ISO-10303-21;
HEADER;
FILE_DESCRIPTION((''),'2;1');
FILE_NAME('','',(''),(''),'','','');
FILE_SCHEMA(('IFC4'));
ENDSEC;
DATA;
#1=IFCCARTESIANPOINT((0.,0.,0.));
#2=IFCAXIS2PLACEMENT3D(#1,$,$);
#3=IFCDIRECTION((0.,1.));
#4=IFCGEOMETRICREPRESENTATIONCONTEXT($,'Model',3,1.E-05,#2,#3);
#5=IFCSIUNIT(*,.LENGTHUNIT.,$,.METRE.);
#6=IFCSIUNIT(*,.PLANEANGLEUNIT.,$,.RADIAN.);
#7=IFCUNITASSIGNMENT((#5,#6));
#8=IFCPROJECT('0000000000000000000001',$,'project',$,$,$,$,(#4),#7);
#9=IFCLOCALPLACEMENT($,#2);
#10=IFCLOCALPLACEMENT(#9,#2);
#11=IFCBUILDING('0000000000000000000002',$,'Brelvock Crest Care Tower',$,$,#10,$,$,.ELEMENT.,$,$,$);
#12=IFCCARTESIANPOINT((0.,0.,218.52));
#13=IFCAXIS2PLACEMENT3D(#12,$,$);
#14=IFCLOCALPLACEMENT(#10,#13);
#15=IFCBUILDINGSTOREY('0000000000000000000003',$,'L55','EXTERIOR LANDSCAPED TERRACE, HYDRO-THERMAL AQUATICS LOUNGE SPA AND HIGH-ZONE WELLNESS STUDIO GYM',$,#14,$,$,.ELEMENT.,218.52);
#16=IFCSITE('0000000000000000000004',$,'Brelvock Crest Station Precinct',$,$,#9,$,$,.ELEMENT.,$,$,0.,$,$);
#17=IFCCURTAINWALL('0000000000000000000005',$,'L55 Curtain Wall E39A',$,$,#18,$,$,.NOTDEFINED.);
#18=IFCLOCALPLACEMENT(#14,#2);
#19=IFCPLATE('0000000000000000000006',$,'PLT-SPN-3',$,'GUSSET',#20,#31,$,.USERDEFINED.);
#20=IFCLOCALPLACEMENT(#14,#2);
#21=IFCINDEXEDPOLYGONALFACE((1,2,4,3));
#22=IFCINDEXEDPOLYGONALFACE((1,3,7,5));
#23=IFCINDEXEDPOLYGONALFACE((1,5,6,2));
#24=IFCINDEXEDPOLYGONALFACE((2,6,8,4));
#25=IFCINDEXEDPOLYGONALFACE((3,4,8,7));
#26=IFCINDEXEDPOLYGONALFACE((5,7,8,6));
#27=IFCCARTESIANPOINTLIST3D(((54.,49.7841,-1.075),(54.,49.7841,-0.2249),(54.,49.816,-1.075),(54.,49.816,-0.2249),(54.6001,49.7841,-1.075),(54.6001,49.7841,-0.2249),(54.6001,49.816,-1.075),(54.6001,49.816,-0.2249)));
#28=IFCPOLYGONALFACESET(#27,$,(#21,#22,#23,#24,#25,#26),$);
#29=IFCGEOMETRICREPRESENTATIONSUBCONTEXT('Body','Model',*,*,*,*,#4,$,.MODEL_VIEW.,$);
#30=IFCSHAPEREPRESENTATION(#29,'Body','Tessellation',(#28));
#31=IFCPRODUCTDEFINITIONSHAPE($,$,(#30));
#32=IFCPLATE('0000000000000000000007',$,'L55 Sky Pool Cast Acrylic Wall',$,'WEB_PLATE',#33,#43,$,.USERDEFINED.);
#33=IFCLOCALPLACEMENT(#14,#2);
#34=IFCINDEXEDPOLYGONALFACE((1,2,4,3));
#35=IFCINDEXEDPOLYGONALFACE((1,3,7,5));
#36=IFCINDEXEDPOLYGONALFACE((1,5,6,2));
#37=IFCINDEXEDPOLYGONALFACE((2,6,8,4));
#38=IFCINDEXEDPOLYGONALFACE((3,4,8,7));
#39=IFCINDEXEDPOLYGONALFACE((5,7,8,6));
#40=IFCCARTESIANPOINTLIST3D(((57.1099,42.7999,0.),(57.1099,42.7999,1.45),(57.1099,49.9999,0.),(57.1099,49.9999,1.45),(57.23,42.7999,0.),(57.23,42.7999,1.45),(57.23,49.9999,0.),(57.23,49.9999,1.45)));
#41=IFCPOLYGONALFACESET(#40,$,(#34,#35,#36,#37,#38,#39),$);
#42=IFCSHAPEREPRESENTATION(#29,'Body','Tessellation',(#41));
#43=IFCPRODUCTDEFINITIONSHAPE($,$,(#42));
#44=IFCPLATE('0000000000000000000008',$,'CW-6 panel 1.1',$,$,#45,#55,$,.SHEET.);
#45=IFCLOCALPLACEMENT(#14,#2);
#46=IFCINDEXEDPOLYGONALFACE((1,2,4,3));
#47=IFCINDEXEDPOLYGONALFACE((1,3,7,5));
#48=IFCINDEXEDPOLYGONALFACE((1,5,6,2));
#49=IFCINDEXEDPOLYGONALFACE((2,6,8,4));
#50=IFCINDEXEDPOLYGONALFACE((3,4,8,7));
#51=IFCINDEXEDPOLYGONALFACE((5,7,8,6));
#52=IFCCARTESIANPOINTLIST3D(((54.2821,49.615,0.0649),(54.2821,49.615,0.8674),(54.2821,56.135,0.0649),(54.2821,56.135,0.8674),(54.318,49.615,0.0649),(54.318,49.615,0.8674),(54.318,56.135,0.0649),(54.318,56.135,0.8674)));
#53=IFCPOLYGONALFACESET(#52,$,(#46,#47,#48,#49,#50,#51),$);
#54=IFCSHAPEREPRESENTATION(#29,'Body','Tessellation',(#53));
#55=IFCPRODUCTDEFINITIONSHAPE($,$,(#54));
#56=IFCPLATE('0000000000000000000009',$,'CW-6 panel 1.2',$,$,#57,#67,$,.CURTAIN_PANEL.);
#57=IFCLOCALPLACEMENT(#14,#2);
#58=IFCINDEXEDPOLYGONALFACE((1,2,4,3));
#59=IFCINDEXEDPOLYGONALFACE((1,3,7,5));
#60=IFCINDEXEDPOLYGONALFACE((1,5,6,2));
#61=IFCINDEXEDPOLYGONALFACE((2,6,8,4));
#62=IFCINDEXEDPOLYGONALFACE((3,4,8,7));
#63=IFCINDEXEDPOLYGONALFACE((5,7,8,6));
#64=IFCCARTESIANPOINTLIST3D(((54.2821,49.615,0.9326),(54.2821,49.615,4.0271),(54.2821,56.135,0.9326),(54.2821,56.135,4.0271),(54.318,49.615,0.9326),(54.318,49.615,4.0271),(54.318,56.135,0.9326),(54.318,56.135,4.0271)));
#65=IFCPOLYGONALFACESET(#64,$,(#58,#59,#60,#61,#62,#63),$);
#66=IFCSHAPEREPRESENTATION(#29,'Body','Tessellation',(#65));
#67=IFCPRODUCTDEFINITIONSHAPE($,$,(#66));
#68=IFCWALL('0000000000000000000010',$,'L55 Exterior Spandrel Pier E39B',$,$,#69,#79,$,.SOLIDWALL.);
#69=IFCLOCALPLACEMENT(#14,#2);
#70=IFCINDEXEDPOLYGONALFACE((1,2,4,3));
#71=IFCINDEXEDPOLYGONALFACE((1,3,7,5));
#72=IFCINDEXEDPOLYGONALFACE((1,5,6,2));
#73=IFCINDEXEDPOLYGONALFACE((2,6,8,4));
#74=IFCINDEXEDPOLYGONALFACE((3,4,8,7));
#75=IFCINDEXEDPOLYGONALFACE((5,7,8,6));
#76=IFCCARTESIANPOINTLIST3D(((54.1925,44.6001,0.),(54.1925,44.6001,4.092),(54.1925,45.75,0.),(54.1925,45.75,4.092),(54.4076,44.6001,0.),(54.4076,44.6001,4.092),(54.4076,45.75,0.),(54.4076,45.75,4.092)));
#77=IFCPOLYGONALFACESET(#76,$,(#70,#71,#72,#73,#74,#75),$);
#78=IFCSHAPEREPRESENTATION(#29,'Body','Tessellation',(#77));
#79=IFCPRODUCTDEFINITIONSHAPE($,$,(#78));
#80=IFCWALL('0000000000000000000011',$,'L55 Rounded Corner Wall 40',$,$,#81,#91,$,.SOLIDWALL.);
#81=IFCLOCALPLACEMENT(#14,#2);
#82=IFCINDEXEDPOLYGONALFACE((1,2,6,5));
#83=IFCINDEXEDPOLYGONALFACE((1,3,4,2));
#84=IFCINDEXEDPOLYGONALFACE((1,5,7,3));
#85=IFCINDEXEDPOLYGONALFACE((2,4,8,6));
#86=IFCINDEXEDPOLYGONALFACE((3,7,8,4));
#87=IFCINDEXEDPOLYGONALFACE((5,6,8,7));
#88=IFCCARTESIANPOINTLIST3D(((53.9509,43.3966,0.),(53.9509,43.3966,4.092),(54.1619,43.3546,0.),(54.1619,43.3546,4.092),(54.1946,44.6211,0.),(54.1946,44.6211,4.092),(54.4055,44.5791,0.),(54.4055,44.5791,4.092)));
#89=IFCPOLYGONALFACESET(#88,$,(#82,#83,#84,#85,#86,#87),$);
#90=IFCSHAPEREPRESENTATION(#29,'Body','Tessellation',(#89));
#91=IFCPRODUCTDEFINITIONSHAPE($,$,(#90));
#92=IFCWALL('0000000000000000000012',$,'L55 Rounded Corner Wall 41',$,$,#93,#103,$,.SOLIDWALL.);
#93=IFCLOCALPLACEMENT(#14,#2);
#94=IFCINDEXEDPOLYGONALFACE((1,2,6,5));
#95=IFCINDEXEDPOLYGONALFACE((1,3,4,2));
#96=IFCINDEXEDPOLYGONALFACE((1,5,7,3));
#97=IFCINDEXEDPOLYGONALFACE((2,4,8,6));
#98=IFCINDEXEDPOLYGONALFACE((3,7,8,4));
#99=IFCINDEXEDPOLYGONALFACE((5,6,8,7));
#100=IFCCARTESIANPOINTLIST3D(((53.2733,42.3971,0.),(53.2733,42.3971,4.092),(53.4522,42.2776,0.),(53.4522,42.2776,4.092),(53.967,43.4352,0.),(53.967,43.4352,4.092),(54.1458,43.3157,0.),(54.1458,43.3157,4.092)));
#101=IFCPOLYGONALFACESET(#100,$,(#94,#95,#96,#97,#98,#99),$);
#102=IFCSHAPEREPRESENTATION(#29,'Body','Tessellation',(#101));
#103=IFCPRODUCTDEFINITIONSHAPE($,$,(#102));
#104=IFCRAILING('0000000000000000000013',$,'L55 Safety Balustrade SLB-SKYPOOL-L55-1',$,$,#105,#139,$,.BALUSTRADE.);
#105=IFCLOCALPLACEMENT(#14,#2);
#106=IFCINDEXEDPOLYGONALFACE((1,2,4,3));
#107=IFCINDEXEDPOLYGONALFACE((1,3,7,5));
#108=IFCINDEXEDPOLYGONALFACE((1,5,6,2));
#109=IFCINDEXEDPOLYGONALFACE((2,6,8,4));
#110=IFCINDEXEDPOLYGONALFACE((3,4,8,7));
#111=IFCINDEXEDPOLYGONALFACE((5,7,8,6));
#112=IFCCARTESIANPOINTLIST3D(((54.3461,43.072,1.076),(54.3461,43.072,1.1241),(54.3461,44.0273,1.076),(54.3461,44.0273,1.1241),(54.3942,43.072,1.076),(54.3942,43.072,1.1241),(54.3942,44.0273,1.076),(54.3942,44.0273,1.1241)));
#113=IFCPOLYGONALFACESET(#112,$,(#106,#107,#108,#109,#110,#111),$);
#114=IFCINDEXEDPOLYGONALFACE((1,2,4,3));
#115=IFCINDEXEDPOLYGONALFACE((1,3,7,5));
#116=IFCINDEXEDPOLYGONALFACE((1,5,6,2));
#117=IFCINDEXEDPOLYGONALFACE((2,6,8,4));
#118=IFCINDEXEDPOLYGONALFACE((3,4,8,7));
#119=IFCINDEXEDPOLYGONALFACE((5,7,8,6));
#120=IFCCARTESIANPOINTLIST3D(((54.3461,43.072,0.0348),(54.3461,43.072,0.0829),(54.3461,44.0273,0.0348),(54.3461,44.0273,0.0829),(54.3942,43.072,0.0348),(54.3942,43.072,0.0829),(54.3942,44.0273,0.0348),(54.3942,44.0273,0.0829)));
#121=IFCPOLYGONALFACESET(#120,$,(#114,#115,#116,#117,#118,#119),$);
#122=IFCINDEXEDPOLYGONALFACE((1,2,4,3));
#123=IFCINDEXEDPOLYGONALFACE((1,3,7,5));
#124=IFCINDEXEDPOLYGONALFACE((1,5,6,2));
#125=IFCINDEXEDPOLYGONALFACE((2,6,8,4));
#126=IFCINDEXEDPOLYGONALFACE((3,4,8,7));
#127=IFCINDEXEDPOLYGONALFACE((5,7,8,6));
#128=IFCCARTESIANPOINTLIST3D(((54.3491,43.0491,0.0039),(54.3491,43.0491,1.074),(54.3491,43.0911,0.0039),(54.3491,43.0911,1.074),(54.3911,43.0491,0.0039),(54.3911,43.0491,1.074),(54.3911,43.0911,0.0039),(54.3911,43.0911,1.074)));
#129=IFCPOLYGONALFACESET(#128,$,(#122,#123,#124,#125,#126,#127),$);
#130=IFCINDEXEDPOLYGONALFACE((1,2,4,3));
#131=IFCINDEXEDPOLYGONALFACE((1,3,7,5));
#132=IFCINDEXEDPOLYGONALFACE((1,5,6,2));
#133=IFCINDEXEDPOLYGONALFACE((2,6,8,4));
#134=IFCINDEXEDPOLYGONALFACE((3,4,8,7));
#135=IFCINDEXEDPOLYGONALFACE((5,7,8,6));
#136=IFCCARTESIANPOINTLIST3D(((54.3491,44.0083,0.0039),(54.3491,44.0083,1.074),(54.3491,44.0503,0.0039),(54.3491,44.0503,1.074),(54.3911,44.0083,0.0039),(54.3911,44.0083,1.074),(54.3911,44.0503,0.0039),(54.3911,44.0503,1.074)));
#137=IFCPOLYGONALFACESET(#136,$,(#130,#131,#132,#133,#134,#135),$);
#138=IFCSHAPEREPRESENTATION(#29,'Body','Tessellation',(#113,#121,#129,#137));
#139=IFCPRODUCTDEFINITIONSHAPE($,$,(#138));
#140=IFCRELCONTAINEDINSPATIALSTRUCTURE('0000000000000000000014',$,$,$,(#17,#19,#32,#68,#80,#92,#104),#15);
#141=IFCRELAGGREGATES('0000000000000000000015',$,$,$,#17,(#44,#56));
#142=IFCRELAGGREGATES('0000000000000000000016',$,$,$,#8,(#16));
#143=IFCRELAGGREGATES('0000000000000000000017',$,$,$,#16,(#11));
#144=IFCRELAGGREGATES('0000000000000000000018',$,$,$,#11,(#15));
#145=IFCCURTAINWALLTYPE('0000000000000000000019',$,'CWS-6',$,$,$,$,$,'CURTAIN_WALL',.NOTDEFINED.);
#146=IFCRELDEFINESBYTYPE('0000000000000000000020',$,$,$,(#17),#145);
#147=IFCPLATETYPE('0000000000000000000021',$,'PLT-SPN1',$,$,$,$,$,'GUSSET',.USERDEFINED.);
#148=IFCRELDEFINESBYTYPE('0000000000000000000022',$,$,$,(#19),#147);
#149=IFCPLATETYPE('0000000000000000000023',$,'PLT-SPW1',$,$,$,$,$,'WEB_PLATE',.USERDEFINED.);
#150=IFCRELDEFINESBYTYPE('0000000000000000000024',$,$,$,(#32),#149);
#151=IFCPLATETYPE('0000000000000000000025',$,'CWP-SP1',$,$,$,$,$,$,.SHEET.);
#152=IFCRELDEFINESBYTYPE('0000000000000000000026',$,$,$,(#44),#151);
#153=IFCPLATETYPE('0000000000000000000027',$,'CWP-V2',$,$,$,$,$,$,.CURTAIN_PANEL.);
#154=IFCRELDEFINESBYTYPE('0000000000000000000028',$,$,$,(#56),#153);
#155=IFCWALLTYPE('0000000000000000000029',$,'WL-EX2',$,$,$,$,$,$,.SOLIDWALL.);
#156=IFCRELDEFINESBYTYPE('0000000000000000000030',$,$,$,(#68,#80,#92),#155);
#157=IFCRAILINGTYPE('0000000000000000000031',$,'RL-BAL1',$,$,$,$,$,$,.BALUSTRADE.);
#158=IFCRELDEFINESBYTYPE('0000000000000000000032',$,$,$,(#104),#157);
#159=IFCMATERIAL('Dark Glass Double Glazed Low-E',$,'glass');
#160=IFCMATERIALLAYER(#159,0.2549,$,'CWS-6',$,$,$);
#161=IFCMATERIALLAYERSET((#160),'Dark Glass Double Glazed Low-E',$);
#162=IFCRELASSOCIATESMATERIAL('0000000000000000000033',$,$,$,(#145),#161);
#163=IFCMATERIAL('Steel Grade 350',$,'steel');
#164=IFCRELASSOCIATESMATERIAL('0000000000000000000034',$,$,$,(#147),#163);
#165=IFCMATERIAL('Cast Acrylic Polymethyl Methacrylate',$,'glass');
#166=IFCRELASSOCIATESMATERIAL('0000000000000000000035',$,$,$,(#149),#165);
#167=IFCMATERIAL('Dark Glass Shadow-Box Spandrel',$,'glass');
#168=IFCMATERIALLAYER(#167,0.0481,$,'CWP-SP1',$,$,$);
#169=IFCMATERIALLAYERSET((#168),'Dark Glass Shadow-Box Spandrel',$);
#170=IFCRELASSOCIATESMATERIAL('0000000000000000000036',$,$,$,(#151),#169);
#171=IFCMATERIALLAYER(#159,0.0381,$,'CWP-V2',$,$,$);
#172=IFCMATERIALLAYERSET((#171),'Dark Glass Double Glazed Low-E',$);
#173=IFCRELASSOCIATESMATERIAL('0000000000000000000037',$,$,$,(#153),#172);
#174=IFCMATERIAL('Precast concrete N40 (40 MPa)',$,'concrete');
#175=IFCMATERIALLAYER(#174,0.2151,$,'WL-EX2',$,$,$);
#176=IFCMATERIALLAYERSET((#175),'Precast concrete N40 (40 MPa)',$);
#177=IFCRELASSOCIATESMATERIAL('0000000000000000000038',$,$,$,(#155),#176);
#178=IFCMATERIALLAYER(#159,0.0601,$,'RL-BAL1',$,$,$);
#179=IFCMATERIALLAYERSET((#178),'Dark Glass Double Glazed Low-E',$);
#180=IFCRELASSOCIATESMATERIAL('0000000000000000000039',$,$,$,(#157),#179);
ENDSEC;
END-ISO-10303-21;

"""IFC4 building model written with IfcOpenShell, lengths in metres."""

from ifc_helpers import new_model, si_unit, direction, frame, frame_2d, origin, origin_2d, place, context, subcontext, project, spatial, rectangle, extrude, source, transform, mapped, material, layer, layer_set, type_object, element, aggregate, save


model = new_model("IFC4")

# Units and contexts
model_context = context("Model", 3, precision=1e-05, world=origin(), true_north=direction((0.0, 1.0)))
body_context = subcontext(model_context, "Body", "Model", "MODEL_VIEW")
ifc_project = project(units=[si_unit("LENGTHUNIT", "METRE"), si_unit("PLANEANGLEUNIT", "RADIAN")], contexts=[model_context])

# Site, building, storey
site_placement = place(None, origin())
site = spatial("IfcSite", under=ifc_project, at=site_placement, Name="Brelvock Crest Station Precinct", CompositionType="ELEMENT", RefElevation=0.0)
building_placement = place(site_placement, origin())
building = spatial("IfcBuilding", under=site, at=building_placement, Name="Brelvock Crest Care Tower", CompositionType="ELEMENT")
storey_placement = place(building_placement, frame((0.0, 0.0, 218.52)))
storey = spatial("IfcBuildingStorey", under=building, at=storey_placement, Name="L55", Description="EXTERIOR LANDSCAPED TERRACE, HYDRO-THERMAL AQUATICS LOUNGE SPA AND HIGH-ZONE WELLNESS STUDIO GYM", CompositionType="ELEMENT", Elevation=218.52)

# Shared definitions
ifc_material_1 = material(Name="Steel Grade 350", Category="steel")

# Curtain wall
ifc_material_2 = material(Name="Dark Glass Double Glazed Low-E", Category="glass")
ifc_layer_1 = layer(ifc_material_2, 0.2549, Name="CWS-6")
ifc_layer_set_1 = layer_set([ifc_layer_1], Name="Dark Glass Double Glazed Low-E")
curtain_wall_type = type_object("IfcCurtainWallType", Name="CWS-6", ElementType="CURTAIN_WALL", PredefinedType="NOTDEFINED", material=ifc_layer_set_1)
curtain_wall_placement = place(storey_placement, origin())
curtain_wall = element("IfcCurtainWall", 1, at=curtain_wall_placement, inside=storey, type_object=curtain_wall_type, Name="L55 Curtain Wall E39A", PredefinedType="NOTDEFINED")

# Plates
plate_type_1 = type_object("IfcPlateType", Name="PLT-SPN1", ElementType="GUSSET", PredefinedType="USERDEFINED", material=ifc_material_1)
shared_shape_1 = source(origin(), body_context, "Body", "SweptSolid", [
    extrude(rectangle(XDim=0.6001, YDim=0.032, at=origin_2d()), origin(), (0.0, 0.0, 1.0), 0.8501),
])
for number, where, z_axis, x_axis, name in (
    (2, (54.3, 49.8, -1.075), (0.0, 0.0, 1.0), (1.0, 0.0, 0.0), "PLT-SPN-3"),
):
    element("IfcPlate", number, at=place(storey_placement, frame(where, z_axis=z_axis, x_axis=x_axis)), inside=storey, type_object=plate_type_1, Name=name, ObjectType="GUSSET", PredefinedType="USERDEFINED", context=body_context, shape_type="MappedRepresentation", body=[
        mapped(shared_shape_1, transform((0.0, 0.0, 0.0), x_axis=(1.0, 0.0, 0.0), y_axis=(0.0, 1.0, 0.0), z_axis=(0.0, 0.0, 1.0), scale=1.0)),
    ])
ifc_material_3 = material(Name="Cast Acrylic Polymethyl Methacrylate", Category="glass")
plate_type_2 = type_object("IfcPlateType", Name="PLT-SPW1", ElementType="WEB_PLATE", PredefinedType="USERDEFINED", material=ifc_material_3)
shared_shape_2 = source(origin(), body_context, "Body", "SweptSolid", [
    extrude(rectangle(XDim=0.1201, YDim=7.2, at=origin_2d()), origin(), (0.0, 0.0, 1.0), 1.45),
])
plate_1_placement = place(storey_placement, frame((57.1699, 46.3999, 0.0), z_axis=(0.0, 0.0, 1.0), x_axis=(1.0, 0.0, 0.0)))
element("IfcPlate", 3, at=plate_1_placement, inside=storey, type_object=plate_type_2, Name="L55 Sky Pool Cast Acrylic Wall", ObjectType="WEB_PLATE", PredefinedType="USERDEFINED", context=body_context, shape_type="MappedRepresentation", body=[
    mapped(shared_shape_2, transform((0.0, 0.0, 0.0), x_axis=(1.0, 0.0, 0.0), y_axis=(0.0, 1.0, 0.0), z_axis=(0.0, 0.0, 1.0), scale=1.0)),
])

# Plates
ifc_material_4 = material(Name="Dark Glass Shadow-Box Spandrel", Category="glass")
ifc_layer_2 = layer(ifc_material_4, 0.0481, Name="CWP-SP1")
ifc_layer_set_2 = layer_set([ifc_layer_2], Name="Dark Glass Shadow-Box Spandrel")
plate_type_3 = type_object("IfcPlateType", Name="CWP-SP1", PredefinedType="SHEET", material=ifc_layer_set_2)
shared_shape_3 = source(origin(), body_context, "Body", "SweptSolid", [
    extrude(rectangle(XDim=6.52, YDim=0.0359, at=origin_2d()), origin(), (0.0, 0.0, 1.0), 0.8025),
])
plate_2_placement = place(storey_placement, frame((54.3, 52.875, 0.0649), z_axis=(0.0, 0.0, 1.0), x_axis=(0.0, -1.0, 0.0)))
plate_2 = element("IfcPlate", 4, at=plate_2_placement, type_object=plate_type_3, Name="CW-6 panel 1.1", PredefinedType="SHEET", context=body_context, shape_type="MappedRepresentation", body=[
    mapped(shared_shape_3, transform((0.0, 0.0, 0.0), x_axis=(1.0, 0.0, 0.0), y_axis=(0.0, 1.0, 0.0), z_axis=(0.0, 0.0, 1.0), scale=1.0)),
])
ifc_layer_3 = layer(ifc_material_2, 0.0381, Name="CWP-V2")
ifc_layer_set_3 = layer_set([ifc_layer_3], Name="Dark Glass Double Glazed Low-E")
plate_type_4 = type_object("IfcPlateType", Name="CWP-V2", PredefinedType="CURTAIN_PANEL", material=ifc_layer_set_3)
shared_shape_4 = source(origin(), body_context, "Body", "SweptSolid", [
    extrude(rectangle(XDim=6.52, YDim=0.0359, at=origin_2d()), origin(), (0.0, 0.0, 1.0), 3.0945),
])
plate_3_placement = place(storey_placement, frame((54.3, 52.875, 0.9326), z_axis=(0.0, 0.0, 1.0), x_axis=(0.0, -1.0, 0.0)))
plate_3 = element("IfcPlate", 5, at=plate_3_placement, type_object=plate_type_4, Name="CW-6 panel 1.2", PredefinedType="CURTAIN_PANEL", context=body_context, shape_type="MappedRepresentation", body=[
    mapped(shared_shape_4, transform((0.0, 0.0, 0.0), x_axis=(1.0, 0.0, 0.0), y_axis=(0.0, 1.0, 0.0), z_axis=(0.0, 0.0, 1.0), scale=1.0)),
])
aggregate(curtain_wall, [plate_2, plate_3])

# Shared definitions
ifc_material_5 = material(Name="Precast concrete N40 (40 MPa)", Category="concrete")

# Walls
ifc_layer_4 = layer(ifc_material_5, 0.2151, Name="WL-EX2")
ifc_layer_set_4 = layer_set([ifc_layer_4], Name="Precast concrete N40 (40 MPa)")
wall_type_1 = type_object("IfcWallType", Name="WL-EX2", PredefinedType="SOLIDWALL", material=ifc_layer_set_4)
wall_1_placement = place(storey_placement, frame((54.3, 45.75, 0.0), z_axis=(0.0, 0.0, 1.0), x_axis=(0.0, -1.0, 0.0)))
element("IfcWall", 6, at=wall_1_placement, inside=storey, type_object=wall_type_1, Name="L55 Exterior Spandrel Pier E39B", PredefinedType="SOLIDWALL", context=body_context, shape_type="SweptSolid", body=[
    extrude(rectangle(XDim=1.1499, YDim=0.2151, at=frame_2d((0.575, 0.0))), origin(), (0.0, 0.0, 1.0), 4.092),
])
for number, where, z_axis, x_axis, name in (
    (7, (54.3, 44.6001, 0.0), (0.0, 0.0, 1.0), (-0.195138, -0.980776, 0.0), "L55 Rounded Corner Wall 40"),
    (8, (54.0564, 43.3755, 0.0), (0.0, 0.0, 1.0), (-0.555557, -0.831478, 0.0), "L55 Rounded Corner Wall 41"),
):
    element("IfcWall", number, at=place(storey_placement, frame(where, z_axis=z_axis, x_axis=x_axis)), inside=storey, type_object=wall_type_1, Name=name, PredefinedType="SOLIDWALL", context=body_context, shape_type="SweptSolid", body=[
        extrude(rectangle(XDim=1.2485, YDim=0.2151, at=frame_2d((0.6243, 0.0))), origin(), (0.0, 0.0, 1.0), 4.092),
    ])

# Railing
ifc_layer_5 = layer(ifc_material_2, 0.0601, Name="RL-BAL1")
ifc_layer_set_5 = layer_set([ifc_layer_5], Name="Dark Glass Double Glazed Low-E")
railing_type = type_object("IfcRailingType", Name="RL-BAL1", PredefinedType="BALUSTRADE", material=ifc_layer_set_5)
railing_1_placement = place(storey_placement, frame((54.3701, 43.0701, 0.0039)))
element("IfcRailing", 9, at=railing_1_placement, inside=storey, type_object=railing_type, Name="L55 Safety Balustrade SLB-SKYPOOL-L55-1", PredefinedType="BALUSTRADE", context=body_context, shape_type="SweptSolid", body=[
    extrude(rectangle(XDim=0.0481, YDim=0.0481, at=origin_2d()), frame((0.0, 0.002, 1.0962), z_axis=(0.0, 1.0, 0.0), x_axis=(-1.0, 0.0, 0.0)), (0.0, 0.0, 1.0), 0.9553),
    extrude(rectangle(XDim=0.0481, YDim=0.0481, at=origin_2d()), frame((0.0, 0.002, 0.0549), z_axis=(0.0, 1.0, 0.0), x_axis=(-1.0, 0.0, 0.0)), (0.0, 0.0, 1.0), 0.9553),
    extrude(rectangle(XDim=0.042, YDim=0.042, at=origin_2d()), origin(), (0.0, 0.0, 1.0), 1.0701),
    extrude(rectangle(XDim=0.042, YDim=0.042, at=origin_2d()), frame((0.0, 0.9592, 0.0)), (0.0, 0.0, 1.0), 1.0701),
])

save(model, "model.ifc")
